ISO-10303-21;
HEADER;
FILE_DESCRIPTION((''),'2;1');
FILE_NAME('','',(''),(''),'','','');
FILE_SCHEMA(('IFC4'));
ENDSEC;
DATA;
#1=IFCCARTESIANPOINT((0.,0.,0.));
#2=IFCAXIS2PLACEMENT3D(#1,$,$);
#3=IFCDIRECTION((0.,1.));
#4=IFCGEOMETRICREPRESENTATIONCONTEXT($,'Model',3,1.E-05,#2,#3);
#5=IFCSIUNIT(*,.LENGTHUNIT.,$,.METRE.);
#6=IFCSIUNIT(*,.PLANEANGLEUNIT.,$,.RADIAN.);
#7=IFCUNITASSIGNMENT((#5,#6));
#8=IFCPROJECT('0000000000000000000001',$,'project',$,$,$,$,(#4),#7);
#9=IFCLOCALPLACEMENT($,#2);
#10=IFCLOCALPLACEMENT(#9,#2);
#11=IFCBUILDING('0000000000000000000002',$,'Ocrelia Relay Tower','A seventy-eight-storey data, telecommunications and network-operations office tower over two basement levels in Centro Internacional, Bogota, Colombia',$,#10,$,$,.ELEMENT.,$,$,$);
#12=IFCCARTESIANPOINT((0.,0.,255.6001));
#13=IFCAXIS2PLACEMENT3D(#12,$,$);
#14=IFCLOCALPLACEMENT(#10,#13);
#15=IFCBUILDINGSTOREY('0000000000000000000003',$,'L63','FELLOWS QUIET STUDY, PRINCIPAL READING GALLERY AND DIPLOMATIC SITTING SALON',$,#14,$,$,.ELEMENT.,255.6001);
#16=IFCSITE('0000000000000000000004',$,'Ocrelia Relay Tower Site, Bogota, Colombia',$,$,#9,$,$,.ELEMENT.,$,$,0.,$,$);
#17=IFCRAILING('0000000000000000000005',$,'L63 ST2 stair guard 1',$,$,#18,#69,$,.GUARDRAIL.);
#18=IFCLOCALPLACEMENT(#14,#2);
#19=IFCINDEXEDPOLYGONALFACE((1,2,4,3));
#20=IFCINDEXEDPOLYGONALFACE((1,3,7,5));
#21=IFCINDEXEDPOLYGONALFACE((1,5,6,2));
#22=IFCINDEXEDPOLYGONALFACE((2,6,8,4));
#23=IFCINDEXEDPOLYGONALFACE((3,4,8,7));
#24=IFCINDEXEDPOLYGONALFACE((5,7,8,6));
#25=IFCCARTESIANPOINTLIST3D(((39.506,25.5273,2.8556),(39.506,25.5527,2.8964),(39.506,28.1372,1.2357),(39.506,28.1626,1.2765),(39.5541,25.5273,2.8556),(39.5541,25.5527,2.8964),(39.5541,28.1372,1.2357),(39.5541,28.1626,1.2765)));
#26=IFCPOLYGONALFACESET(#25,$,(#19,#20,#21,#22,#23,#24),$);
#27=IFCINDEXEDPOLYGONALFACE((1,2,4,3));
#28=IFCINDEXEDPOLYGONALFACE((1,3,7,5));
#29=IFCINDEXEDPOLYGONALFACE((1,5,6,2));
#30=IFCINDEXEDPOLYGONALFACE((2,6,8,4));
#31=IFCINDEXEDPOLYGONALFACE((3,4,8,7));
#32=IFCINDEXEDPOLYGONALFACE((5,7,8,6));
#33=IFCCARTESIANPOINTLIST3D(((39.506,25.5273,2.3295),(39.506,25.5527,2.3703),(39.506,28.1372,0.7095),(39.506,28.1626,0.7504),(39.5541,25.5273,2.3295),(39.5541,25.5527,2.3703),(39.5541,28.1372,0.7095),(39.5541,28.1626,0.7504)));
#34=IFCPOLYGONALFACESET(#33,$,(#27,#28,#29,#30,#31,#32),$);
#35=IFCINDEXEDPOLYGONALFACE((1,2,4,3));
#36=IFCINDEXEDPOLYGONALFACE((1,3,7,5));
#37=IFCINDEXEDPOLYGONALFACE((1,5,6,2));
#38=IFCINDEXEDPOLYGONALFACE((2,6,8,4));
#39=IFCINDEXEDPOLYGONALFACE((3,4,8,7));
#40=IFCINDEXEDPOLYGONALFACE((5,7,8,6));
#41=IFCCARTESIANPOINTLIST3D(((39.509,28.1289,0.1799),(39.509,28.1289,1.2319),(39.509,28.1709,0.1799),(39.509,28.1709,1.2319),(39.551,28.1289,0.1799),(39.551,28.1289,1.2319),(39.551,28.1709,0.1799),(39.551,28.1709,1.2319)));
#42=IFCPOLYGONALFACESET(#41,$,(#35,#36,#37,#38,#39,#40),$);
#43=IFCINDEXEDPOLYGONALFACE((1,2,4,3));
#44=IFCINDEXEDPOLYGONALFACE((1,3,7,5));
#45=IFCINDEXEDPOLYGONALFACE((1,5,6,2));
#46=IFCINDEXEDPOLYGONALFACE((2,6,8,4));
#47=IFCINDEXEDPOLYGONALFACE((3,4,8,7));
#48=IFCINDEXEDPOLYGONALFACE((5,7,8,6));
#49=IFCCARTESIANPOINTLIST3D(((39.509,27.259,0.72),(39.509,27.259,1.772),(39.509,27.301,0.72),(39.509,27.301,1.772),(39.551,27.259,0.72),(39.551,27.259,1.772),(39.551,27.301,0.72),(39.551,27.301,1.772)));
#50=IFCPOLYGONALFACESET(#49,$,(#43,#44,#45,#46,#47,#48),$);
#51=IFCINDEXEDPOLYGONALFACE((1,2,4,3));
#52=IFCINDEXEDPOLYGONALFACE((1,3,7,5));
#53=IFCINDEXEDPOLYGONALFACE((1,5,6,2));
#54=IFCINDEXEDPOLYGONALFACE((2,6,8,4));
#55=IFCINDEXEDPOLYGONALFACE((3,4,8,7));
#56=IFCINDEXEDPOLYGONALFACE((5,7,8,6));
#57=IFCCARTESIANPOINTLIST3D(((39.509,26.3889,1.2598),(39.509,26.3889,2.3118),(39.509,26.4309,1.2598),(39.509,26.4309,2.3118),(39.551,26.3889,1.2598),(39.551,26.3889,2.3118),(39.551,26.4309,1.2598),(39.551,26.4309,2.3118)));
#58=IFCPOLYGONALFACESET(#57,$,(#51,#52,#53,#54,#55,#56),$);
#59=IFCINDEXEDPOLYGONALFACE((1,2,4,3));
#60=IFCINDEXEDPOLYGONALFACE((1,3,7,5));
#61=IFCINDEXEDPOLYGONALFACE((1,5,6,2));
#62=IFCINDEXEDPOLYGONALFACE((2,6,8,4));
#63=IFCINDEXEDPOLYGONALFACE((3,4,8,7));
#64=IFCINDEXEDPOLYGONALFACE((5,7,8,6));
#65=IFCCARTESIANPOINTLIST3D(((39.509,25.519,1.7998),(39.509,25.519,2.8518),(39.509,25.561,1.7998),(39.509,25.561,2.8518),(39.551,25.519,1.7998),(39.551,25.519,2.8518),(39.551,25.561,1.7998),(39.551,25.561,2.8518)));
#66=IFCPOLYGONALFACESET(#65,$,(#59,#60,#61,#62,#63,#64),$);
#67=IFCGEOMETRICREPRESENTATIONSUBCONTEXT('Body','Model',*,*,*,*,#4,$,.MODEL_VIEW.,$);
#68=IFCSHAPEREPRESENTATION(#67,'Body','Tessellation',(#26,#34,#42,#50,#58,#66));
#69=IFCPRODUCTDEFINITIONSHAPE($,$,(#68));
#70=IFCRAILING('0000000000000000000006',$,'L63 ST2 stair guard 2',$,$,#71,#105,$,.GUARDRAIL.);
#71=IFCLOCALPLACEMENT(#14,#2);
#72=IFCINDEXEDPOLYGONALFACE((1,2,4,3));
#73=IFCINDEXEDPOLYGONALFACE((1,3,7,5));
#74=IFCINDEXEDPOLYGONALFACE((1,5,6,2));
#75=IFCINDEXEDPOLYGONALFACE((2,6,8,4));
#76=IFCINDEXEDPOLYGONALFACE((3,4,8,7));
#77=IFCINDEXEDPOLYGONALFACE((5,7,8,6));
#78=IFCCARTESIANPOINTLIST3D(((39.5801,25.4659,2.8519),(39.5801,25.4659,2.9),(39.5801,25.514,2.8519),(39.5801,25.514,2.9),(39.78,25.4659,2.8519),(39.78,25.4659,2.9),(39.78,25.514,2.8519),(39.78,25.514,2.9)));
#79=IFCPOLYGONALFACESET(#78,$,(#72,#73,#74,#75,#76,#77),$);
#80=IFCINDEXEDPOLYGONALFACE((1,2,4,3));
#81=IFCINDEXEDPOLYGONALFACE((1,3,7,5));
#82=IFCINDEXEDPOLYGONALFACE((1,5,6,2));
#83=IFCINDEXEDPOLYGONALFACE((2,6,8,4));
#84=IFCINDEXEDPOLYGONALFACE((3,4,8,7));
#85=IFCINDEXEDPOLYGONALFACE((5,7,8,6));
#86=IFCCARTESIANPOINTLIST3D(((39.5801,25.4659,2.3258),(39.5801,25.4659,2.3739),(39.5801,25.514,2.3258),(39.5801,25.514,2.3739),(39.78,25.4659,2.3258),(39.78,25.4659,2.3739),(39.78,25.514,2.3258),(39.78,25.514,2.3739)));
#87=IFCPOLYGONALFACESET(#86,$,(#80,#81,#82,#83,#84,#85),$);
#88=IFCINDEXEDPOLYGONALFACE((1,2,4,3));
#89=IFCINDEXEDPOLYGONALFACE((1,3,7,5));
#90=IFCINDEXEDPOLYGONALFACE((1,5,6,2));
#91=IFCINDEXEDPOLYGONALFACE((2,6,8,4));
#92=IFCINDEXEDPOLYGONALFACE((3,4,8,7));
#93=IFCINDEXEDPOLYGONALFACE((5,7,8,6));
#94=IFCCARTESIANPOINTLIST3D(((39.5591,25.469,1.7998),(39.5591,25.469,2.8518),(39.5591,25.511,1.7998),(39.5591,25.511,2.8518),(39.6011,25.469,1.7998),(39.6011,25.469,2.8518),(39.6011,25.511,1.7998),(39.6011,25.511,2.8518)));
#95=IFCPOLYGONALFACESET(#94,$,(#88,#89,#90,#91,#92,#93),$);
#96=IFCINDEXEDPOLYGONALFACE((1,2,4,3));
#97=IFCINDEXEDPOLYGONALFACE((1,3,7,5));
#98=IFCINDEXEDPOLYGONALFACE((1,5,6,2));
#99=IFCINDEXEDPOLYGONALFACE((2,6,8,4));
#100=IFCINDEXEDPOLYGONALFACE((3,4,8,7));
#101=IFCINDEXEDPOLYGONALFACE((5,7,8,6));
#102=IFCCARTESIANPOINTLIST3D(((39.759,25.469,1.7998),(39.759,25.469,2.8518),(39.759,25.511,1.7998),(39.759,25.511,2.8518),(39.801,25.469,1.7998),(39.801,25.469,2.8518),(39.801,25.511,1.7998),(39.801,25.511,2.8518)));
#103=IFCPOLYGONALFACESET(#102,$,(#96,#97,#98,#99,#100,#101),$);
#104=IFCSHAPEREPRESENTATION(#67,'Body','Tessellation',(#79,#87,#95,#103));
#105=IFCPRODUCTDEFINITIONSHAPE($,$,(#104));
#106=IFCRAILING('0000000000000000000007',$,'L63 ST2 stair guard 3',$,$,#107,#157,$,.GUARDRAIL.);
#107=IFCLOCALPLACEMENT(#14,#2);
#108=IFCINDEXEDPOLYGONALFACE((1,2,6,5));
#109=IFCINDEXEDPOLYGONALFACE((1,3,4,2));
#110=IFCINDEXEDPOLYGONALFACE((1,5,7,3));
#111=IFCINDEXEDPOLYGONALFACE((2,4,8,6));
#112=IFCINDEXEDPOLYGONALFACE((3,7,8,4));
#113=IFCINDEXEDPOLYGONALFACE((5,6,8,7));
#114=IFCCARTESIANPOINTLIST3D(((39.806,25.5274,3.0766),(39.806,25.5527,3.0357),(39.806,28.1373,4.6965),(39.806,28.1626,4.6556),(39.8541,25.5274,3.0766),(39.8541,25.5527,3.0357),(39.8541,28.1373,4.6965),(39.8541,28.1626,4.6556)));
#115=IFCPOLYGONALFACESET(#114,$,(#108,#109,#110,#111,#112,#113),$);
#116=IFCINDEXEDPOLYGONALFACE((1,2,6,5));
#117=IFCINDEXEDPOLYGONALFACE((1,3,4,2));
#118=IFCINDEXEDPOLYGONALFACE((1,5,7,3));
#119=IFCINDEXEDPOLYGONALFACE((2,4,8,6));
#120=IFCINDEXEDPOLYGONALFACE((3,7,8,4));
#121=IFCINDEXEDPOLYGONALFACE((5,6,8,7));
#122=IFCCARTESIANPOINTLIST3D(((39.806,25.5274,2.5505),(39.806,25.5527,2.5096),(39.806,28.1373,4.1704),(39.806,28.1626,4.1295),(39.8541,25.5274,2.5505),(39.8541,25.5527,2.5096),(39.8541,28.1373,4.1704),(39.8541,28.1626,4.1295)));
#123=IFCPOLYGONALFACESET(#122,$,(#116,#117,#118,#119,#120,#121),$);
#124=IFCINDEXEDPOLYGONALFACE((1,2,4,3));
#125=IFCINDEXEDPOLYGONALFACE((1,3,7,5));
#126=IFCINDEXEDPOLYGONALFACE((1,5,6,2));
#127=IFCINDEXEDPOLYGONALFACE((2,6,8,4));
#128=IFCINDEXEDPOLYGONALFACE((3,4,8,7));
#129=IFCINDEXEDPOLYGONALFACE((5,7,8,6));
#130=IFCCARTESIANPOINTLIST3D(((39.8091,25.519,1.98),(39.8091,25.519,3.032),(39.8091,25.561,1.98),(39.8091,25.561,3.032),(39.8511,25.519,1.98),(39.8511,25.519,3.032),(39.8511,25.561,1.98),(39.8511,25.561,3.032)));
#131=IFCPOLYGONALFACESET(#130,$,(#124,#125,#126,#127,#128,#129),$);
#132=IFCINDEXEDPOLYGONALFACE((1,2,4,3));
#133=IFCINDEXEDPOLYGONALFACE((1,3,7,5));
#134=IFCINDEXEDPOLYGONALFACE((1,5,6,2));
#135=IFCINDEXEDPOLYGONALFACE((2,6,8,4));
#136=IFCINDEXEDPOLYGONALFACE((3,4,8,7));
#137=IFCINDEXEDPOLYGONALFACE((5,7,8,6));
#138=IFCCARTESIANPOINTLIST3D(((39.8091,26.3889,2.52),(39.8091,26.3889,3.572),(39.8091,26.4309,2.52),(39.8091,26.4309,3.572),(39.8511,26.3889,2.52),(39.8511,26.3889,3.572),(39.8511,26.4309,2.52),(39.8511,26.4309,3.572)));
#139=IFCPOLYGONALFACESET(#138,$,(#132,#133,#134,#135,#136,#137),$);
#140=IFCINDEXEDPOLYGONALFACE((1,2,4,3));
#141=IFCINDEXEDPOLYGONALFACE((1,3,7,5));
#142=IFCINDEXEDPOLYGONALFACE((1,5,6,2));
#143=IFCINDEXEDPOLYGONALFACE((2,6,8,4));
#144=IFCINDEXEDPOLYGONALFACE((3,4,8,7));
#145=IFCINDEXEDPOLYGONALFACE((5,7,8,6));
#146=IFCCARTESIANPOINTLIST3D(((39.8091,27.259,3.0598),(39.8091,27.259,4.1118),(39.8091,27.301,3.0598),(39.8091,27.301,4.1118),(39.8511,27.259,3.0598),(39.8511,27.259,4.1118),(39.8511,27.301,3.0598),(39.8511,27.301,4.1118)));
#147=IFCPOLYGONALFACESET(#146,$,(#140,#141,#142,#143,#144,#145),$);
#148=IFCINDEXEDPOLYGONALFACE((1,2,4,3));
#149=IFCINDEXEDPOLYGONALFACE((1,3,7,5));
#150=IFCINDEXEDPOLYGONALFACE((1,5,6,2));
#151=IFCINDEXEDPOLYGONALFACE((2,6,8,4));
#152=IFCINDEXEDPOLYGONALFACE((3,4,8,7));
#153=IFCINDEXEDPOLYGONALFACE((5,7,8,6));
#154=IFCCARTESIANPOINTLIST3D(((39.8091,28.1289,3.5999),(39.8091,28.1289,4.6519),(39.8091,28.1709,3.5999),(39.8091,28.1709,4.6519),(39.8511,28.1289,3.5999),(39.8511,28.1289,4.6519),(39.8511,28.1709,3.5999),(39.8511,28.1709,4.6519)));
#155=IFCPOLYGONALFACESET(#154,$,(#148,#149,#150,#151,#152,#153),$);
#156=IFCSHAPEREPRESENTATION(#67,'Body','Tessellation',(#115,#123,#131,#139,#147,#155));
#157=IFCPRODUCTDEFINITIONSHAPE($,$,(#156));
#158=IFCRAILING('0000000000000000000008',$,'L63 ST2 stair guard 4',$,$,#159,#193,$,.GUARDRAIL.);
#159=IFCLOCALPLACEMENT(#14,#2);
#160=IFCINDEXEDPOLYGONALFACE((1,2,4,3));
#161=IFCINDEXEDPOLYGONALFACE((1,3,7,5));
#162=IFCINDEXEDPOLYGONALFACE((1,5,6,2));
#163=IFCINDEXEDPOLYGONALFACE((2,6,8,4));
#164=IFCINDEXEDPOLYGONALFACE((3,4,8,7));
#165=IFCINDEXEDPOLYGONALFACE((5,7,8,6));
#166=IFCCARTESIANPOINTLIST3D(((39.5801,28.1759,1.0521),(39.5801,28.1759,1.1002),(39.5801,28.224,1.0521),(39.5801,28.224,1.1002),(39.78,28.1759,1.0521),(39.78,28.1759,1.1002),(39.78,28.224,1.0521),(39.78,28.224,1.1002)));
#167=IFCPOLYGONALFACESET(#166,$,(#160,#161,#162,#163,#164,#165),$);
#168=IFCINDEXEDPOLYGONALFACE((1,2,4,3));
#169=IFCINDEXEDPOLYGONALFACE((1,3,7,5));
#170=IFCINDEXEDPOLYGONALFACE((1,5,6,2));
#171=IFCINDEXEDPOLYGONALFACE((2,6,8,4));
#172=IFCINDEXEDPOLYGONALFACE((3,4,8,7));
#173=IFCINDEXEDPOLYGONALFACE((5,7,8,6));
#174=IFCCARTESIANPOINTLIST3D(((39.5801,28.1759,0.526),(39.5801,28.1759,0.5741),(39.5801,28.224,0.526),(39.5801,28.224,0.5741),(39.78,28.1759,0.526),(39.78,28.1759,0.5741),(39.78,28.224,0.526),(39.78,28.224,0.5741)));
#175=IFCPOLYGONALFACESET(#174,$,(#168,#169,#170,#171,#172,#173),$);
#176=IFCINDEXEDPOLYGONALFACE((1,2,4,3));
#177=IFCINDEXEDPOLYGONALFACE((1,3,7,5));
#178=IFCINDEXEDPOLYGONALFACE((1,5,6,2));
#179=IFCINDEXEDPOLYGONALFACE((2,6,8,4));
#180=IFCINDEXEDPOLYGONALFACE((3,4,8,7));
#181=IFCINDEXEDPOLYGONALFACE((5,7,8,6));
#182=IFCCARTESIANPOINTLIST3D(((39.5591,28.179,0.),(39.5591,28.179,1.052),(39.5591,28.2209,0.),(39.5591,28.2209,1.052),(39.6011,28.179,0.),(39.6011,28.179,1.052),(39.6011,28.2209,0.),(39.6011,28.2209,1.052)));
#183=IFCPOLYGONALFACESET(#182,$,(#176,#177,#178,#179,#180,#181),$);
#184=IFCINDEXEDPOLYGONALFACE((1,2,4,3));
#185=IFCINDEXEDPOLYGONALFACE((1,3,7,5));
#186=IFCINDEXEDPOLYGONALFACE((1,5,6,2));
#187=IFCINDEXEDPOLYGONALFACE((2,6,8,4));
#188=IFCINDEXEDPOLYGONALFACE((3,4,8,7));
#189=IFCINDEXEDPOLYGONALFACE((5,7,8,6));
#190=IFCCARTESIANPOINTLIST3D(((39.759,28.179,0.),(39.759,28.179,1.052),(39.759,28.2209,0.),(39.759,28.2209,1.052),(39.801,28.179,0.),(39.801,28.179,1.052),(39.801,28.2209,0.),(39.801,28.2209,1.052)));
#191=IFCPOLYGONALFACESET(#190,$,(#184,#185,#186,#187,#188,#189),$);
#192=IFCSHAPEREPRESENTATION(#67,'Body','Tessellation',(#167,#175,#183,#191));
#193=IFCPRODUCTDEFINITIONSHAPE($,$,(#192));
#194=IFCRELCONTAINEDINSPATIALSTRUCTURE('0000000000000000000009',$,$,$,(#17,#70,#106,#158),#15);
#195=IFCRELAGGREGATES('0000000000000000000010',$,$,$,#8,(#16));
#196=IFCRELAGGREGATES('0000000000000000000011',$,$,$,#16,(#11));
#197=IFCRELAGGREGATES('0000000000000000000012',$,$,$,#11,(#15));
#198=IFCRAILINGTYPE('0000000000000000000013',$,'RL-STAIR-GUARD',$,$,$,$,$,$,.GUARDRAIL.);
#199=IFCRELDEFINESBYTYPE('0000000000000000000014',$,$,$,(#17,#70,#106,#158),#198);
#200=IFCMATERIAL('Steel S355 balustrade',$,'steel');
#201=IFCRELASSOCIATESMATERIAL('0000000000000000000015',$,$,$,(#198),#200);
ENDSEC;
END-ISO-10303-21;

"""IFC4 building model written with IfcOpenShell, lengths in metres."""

from ifc_helpers import new_model, si_unit, direction, frame, origin, origin_2d, place, context, subcontext, project, spatial, rectangle, extrude, material, type_object, element, save


model = new_model("IFC4")

# Units and contexts
model_context = context("Model", 3, precision=1e-05, world=origin(), true_north=direction((0.0, 1.0)))
body_context = subcontext(model_context, "Body", "Model", "MODEL_VIEW")
ifc_project = project(units=[si_unit("LENGTHUNIT", "METRE"), si_unit("PLANEANGLEUNIT", "RADIAN")], contexts=[model_context])

# Site, building, storey
site_placement = place(None, origin())
site = spatial("IfcSite", under=ifc_project, at=site_placement, Name="Ocrelia Relay Tower Site, Bogota, Colombia", CompositionType="ELEMENT", RefElevation=0.0)
building_placement = place(site_placement, origin())
building = spatial("IfcBuilding", under=site, at=building_placement, Name="Ocrelia Relay Tower", Description="A seventy-eight-storey data, telecommunications and network-operations office tower over two basement levels in Centro Internacional, Bogota, Colombia", CompositionType="ELEMENT")
storey_placement = place(building_placement, frame((0.0, 0.0, 255.6001)))
storey = spatial("IfcBuildingStorey", under=building, at=storey_placement, Name="L63", Description="FELLOWS QUIET STUDY, PRINCIPAL READING GALLERY AND DIPLOMATIC SITTING SALON", CompositionType="ELEMENT", Elevation=255.6001)

# Railings
ifc_material_1 = material(Name="Steel S355 balustrade", Category="steel")
railing_type_1 = type_object("IfcRailingType", Name="RL-STAIR-GUARD", PredefinedType="GUARDRAIL", material=ifc_material_1)
railing_1_placement = place(storey_placement, frame((39.53, 28.1499, 0.1799)))
element("IfcRailing", 1, at=railing_1_placement, inside=storey, type_object=railing_type_1, Name="L63 ST2 stair guard 1", PredefinedType="GUARDRAIL", context=body_context, shape_type="SweptSolid", body=[
    extrude(rectangle(XDim=0.0481, YDim=0.0481, at=origin_2d()), frame((0.0, 0.0, 1.0762), z_axis=(0.0, -0.849646, 0.527353), x_axis=(1.0, 0.0, 0.0)), (0.0, 0.0, 1.0), 3.0718),
    extrude(rectangle(XDim=0.0481, YDim=0.0481, at=origin_2d()), frame((0.0, 0.0, 0.55), z_axis=(0.0, -0.849646, 0.527353), x_axis=(1.0, 0.0, 0.0)), (0.0, 0.0, 1.0), 3.0718),
    extrude(rectangle(XDim=0.042, YDim=0.042, at=origin_2d()), origin(), (0.0, 0.0, 1.0), 1.052),
    extrude(rectangle(XDim=0.042, YDim=0.042, at=origin_2d()), frame((0.0, -0.8699, 0.54)), (0.0, 0.0, 1.0), 1.052),
    extrude(rectangle(XDim=0.042, YDim=0.042, at=origin_2d()), frame((0.0, -1.74, 1.0798)), (0.0, 0.0, 1.0), 1.052),
    extrude(rectangle(XDim=0.042, YDim=0.042, at=origin_2d()), frame((0.0, -2.6099, 1.6199)), (0.0, 0.0, 1.0), 1.052),
])
railing_2_placement = place(storey_placement, frame((39.5801, 25.49, 1.7998)))
element("IfcRailing", 2, at=railing_2_placement, inside=storey, type_object=railing_type_1, Name="L63 ST2 stair guard 2", PredefinedType="GUARDRAIL", context=body_context, shape_type="SweptSolid", body=[
    extrude(rectangle(XDim=0.0481, YDim=0.0481, at=origin_2d()), frame((0.0, 0.0, 1.0762), z_axis=(1.0, 0.0, 0.0), x_axis=(0.0, 1.0, 0.0)), (0.0, 0.0, 1.0), 0.2),
    extrude(rectangle(XDim=0.0481, YDim=0.0481, at=origin_2d()), frame((0.0, 0.0, 0.55), z_axis=(1.0, 0.0, 0.0), x_axis=(0.0, 1.0, 0.0)), (0.0, 0.0, 1.0), 0.2),
    extrude(rectangle(XDim=0.042, YDim=0.042, at=origin_2d()), origin(), (0.0, 0.0, 1.0), 1.052),
    extrude(rectangle(XDim=0.042, YDim=0.042, at=origin_2d()), frame((0.2, 0.0, 0.0)), (0.0, 0.0, 1.0), 1.052),
])
railing_3_placement = place(storey_placement, frame((39.8301, 25.54, 1.98)))
element("IfcRailing", 3, at=railing_3_placement, inside=storey, type_object=railing_type_1, Name="L63 ST2 stair guard 3", PredefinedType="GUARDRAIL", context=body_context, shape_type="SweptSolid", body=[
    extrude(rectangle(XDim=0.0481, YDim=0.0481, at=origin_2d()), frame((0.0, 0.0, 1.0762), z_axis=(0.0, 0.849646, 0.527353), x_axis=(-1.0, 0.0, 0.0)), (0.0, 0.0, 1.0), 3.0718),
    extrude(rectangle(XDim=0.0481, YDim=0.0481, at=origin_2d()), frame((0.0, 0.0, 0.55), z_axis=(0.0, 0.849646, 0.527353), x_axis=(-1.0, 0.0, 0.0)), (0.0, 0.0, 1.0), 3.0718),
    extrude(rectangle(XDim=0.042, YDim=0.042, at=origin_2d()), origin(), (0.0, 0.0, 1.0), 1.052),
    extrude(rectangle(XDim=0.042, YDim=0.042, at=origin_2d()), frame((0.0, 0.8699, 0.54)), (0.0, 0.0, 1.0), 1.052),
    extrude(rectangle(XDim=0.042, YDim=0.042, at=origin_2d()), frame((0.0, 1.74, 1.0798)), (0.0, 0.0, 1.0), 1.052),
    extrude(rectangle(XDim=0.042, YDim=0.042, at=origin_2d()), frame((0.0, 2.6099, 1.6199)), (0.0, 0.0, 1.0), 1.052),
])
railing_4_placement = place(storey_placement, frame((39.5801, 28.2, 0.0)))
element("IfcRailing", 4, at=railing_4_placement, inside=storey, type_object=railing_type_1, Name="L63 ST2 stair guard 4", PredefinedType="GUARDRAIL", context=body_context, shape_type="SweptSolid", body=[
    extrude(rectangle(XDim=0.0481, YDim=0.0481, at=origin_2d()), frame((0.0, 0.0, 1.0762), z_axis=(1.0, 0.0, 0.0), x_axis=(0.0, 1.0, 0.0)), (0.0, 0.0, 1.0), 0.2),
    extrude(rectangle(XDim=0.0481, YDim=0.0481, at=origin_2d()), frame((0.0, 0.0, 0.55), z_axis=(1.0, 0.0, 0.0), x_axis=(0.0, 1.0, 0.0)), (0.0, 0.0, 1.0), 0.2),
    extrude(rectangle(XDim=0.042, YDim=0.042, at=origin_2d()), origin(), (0.0, 0.0, 1.0), 1.052),
    extrude(rectangle(XDim=0.042, YDim=0.042, at=origin_2d()), frame((0.2, 0.0, 0.0)), (0.0, 0.0, 1.0), 1.052),
])

save(model, "model.ifc")
